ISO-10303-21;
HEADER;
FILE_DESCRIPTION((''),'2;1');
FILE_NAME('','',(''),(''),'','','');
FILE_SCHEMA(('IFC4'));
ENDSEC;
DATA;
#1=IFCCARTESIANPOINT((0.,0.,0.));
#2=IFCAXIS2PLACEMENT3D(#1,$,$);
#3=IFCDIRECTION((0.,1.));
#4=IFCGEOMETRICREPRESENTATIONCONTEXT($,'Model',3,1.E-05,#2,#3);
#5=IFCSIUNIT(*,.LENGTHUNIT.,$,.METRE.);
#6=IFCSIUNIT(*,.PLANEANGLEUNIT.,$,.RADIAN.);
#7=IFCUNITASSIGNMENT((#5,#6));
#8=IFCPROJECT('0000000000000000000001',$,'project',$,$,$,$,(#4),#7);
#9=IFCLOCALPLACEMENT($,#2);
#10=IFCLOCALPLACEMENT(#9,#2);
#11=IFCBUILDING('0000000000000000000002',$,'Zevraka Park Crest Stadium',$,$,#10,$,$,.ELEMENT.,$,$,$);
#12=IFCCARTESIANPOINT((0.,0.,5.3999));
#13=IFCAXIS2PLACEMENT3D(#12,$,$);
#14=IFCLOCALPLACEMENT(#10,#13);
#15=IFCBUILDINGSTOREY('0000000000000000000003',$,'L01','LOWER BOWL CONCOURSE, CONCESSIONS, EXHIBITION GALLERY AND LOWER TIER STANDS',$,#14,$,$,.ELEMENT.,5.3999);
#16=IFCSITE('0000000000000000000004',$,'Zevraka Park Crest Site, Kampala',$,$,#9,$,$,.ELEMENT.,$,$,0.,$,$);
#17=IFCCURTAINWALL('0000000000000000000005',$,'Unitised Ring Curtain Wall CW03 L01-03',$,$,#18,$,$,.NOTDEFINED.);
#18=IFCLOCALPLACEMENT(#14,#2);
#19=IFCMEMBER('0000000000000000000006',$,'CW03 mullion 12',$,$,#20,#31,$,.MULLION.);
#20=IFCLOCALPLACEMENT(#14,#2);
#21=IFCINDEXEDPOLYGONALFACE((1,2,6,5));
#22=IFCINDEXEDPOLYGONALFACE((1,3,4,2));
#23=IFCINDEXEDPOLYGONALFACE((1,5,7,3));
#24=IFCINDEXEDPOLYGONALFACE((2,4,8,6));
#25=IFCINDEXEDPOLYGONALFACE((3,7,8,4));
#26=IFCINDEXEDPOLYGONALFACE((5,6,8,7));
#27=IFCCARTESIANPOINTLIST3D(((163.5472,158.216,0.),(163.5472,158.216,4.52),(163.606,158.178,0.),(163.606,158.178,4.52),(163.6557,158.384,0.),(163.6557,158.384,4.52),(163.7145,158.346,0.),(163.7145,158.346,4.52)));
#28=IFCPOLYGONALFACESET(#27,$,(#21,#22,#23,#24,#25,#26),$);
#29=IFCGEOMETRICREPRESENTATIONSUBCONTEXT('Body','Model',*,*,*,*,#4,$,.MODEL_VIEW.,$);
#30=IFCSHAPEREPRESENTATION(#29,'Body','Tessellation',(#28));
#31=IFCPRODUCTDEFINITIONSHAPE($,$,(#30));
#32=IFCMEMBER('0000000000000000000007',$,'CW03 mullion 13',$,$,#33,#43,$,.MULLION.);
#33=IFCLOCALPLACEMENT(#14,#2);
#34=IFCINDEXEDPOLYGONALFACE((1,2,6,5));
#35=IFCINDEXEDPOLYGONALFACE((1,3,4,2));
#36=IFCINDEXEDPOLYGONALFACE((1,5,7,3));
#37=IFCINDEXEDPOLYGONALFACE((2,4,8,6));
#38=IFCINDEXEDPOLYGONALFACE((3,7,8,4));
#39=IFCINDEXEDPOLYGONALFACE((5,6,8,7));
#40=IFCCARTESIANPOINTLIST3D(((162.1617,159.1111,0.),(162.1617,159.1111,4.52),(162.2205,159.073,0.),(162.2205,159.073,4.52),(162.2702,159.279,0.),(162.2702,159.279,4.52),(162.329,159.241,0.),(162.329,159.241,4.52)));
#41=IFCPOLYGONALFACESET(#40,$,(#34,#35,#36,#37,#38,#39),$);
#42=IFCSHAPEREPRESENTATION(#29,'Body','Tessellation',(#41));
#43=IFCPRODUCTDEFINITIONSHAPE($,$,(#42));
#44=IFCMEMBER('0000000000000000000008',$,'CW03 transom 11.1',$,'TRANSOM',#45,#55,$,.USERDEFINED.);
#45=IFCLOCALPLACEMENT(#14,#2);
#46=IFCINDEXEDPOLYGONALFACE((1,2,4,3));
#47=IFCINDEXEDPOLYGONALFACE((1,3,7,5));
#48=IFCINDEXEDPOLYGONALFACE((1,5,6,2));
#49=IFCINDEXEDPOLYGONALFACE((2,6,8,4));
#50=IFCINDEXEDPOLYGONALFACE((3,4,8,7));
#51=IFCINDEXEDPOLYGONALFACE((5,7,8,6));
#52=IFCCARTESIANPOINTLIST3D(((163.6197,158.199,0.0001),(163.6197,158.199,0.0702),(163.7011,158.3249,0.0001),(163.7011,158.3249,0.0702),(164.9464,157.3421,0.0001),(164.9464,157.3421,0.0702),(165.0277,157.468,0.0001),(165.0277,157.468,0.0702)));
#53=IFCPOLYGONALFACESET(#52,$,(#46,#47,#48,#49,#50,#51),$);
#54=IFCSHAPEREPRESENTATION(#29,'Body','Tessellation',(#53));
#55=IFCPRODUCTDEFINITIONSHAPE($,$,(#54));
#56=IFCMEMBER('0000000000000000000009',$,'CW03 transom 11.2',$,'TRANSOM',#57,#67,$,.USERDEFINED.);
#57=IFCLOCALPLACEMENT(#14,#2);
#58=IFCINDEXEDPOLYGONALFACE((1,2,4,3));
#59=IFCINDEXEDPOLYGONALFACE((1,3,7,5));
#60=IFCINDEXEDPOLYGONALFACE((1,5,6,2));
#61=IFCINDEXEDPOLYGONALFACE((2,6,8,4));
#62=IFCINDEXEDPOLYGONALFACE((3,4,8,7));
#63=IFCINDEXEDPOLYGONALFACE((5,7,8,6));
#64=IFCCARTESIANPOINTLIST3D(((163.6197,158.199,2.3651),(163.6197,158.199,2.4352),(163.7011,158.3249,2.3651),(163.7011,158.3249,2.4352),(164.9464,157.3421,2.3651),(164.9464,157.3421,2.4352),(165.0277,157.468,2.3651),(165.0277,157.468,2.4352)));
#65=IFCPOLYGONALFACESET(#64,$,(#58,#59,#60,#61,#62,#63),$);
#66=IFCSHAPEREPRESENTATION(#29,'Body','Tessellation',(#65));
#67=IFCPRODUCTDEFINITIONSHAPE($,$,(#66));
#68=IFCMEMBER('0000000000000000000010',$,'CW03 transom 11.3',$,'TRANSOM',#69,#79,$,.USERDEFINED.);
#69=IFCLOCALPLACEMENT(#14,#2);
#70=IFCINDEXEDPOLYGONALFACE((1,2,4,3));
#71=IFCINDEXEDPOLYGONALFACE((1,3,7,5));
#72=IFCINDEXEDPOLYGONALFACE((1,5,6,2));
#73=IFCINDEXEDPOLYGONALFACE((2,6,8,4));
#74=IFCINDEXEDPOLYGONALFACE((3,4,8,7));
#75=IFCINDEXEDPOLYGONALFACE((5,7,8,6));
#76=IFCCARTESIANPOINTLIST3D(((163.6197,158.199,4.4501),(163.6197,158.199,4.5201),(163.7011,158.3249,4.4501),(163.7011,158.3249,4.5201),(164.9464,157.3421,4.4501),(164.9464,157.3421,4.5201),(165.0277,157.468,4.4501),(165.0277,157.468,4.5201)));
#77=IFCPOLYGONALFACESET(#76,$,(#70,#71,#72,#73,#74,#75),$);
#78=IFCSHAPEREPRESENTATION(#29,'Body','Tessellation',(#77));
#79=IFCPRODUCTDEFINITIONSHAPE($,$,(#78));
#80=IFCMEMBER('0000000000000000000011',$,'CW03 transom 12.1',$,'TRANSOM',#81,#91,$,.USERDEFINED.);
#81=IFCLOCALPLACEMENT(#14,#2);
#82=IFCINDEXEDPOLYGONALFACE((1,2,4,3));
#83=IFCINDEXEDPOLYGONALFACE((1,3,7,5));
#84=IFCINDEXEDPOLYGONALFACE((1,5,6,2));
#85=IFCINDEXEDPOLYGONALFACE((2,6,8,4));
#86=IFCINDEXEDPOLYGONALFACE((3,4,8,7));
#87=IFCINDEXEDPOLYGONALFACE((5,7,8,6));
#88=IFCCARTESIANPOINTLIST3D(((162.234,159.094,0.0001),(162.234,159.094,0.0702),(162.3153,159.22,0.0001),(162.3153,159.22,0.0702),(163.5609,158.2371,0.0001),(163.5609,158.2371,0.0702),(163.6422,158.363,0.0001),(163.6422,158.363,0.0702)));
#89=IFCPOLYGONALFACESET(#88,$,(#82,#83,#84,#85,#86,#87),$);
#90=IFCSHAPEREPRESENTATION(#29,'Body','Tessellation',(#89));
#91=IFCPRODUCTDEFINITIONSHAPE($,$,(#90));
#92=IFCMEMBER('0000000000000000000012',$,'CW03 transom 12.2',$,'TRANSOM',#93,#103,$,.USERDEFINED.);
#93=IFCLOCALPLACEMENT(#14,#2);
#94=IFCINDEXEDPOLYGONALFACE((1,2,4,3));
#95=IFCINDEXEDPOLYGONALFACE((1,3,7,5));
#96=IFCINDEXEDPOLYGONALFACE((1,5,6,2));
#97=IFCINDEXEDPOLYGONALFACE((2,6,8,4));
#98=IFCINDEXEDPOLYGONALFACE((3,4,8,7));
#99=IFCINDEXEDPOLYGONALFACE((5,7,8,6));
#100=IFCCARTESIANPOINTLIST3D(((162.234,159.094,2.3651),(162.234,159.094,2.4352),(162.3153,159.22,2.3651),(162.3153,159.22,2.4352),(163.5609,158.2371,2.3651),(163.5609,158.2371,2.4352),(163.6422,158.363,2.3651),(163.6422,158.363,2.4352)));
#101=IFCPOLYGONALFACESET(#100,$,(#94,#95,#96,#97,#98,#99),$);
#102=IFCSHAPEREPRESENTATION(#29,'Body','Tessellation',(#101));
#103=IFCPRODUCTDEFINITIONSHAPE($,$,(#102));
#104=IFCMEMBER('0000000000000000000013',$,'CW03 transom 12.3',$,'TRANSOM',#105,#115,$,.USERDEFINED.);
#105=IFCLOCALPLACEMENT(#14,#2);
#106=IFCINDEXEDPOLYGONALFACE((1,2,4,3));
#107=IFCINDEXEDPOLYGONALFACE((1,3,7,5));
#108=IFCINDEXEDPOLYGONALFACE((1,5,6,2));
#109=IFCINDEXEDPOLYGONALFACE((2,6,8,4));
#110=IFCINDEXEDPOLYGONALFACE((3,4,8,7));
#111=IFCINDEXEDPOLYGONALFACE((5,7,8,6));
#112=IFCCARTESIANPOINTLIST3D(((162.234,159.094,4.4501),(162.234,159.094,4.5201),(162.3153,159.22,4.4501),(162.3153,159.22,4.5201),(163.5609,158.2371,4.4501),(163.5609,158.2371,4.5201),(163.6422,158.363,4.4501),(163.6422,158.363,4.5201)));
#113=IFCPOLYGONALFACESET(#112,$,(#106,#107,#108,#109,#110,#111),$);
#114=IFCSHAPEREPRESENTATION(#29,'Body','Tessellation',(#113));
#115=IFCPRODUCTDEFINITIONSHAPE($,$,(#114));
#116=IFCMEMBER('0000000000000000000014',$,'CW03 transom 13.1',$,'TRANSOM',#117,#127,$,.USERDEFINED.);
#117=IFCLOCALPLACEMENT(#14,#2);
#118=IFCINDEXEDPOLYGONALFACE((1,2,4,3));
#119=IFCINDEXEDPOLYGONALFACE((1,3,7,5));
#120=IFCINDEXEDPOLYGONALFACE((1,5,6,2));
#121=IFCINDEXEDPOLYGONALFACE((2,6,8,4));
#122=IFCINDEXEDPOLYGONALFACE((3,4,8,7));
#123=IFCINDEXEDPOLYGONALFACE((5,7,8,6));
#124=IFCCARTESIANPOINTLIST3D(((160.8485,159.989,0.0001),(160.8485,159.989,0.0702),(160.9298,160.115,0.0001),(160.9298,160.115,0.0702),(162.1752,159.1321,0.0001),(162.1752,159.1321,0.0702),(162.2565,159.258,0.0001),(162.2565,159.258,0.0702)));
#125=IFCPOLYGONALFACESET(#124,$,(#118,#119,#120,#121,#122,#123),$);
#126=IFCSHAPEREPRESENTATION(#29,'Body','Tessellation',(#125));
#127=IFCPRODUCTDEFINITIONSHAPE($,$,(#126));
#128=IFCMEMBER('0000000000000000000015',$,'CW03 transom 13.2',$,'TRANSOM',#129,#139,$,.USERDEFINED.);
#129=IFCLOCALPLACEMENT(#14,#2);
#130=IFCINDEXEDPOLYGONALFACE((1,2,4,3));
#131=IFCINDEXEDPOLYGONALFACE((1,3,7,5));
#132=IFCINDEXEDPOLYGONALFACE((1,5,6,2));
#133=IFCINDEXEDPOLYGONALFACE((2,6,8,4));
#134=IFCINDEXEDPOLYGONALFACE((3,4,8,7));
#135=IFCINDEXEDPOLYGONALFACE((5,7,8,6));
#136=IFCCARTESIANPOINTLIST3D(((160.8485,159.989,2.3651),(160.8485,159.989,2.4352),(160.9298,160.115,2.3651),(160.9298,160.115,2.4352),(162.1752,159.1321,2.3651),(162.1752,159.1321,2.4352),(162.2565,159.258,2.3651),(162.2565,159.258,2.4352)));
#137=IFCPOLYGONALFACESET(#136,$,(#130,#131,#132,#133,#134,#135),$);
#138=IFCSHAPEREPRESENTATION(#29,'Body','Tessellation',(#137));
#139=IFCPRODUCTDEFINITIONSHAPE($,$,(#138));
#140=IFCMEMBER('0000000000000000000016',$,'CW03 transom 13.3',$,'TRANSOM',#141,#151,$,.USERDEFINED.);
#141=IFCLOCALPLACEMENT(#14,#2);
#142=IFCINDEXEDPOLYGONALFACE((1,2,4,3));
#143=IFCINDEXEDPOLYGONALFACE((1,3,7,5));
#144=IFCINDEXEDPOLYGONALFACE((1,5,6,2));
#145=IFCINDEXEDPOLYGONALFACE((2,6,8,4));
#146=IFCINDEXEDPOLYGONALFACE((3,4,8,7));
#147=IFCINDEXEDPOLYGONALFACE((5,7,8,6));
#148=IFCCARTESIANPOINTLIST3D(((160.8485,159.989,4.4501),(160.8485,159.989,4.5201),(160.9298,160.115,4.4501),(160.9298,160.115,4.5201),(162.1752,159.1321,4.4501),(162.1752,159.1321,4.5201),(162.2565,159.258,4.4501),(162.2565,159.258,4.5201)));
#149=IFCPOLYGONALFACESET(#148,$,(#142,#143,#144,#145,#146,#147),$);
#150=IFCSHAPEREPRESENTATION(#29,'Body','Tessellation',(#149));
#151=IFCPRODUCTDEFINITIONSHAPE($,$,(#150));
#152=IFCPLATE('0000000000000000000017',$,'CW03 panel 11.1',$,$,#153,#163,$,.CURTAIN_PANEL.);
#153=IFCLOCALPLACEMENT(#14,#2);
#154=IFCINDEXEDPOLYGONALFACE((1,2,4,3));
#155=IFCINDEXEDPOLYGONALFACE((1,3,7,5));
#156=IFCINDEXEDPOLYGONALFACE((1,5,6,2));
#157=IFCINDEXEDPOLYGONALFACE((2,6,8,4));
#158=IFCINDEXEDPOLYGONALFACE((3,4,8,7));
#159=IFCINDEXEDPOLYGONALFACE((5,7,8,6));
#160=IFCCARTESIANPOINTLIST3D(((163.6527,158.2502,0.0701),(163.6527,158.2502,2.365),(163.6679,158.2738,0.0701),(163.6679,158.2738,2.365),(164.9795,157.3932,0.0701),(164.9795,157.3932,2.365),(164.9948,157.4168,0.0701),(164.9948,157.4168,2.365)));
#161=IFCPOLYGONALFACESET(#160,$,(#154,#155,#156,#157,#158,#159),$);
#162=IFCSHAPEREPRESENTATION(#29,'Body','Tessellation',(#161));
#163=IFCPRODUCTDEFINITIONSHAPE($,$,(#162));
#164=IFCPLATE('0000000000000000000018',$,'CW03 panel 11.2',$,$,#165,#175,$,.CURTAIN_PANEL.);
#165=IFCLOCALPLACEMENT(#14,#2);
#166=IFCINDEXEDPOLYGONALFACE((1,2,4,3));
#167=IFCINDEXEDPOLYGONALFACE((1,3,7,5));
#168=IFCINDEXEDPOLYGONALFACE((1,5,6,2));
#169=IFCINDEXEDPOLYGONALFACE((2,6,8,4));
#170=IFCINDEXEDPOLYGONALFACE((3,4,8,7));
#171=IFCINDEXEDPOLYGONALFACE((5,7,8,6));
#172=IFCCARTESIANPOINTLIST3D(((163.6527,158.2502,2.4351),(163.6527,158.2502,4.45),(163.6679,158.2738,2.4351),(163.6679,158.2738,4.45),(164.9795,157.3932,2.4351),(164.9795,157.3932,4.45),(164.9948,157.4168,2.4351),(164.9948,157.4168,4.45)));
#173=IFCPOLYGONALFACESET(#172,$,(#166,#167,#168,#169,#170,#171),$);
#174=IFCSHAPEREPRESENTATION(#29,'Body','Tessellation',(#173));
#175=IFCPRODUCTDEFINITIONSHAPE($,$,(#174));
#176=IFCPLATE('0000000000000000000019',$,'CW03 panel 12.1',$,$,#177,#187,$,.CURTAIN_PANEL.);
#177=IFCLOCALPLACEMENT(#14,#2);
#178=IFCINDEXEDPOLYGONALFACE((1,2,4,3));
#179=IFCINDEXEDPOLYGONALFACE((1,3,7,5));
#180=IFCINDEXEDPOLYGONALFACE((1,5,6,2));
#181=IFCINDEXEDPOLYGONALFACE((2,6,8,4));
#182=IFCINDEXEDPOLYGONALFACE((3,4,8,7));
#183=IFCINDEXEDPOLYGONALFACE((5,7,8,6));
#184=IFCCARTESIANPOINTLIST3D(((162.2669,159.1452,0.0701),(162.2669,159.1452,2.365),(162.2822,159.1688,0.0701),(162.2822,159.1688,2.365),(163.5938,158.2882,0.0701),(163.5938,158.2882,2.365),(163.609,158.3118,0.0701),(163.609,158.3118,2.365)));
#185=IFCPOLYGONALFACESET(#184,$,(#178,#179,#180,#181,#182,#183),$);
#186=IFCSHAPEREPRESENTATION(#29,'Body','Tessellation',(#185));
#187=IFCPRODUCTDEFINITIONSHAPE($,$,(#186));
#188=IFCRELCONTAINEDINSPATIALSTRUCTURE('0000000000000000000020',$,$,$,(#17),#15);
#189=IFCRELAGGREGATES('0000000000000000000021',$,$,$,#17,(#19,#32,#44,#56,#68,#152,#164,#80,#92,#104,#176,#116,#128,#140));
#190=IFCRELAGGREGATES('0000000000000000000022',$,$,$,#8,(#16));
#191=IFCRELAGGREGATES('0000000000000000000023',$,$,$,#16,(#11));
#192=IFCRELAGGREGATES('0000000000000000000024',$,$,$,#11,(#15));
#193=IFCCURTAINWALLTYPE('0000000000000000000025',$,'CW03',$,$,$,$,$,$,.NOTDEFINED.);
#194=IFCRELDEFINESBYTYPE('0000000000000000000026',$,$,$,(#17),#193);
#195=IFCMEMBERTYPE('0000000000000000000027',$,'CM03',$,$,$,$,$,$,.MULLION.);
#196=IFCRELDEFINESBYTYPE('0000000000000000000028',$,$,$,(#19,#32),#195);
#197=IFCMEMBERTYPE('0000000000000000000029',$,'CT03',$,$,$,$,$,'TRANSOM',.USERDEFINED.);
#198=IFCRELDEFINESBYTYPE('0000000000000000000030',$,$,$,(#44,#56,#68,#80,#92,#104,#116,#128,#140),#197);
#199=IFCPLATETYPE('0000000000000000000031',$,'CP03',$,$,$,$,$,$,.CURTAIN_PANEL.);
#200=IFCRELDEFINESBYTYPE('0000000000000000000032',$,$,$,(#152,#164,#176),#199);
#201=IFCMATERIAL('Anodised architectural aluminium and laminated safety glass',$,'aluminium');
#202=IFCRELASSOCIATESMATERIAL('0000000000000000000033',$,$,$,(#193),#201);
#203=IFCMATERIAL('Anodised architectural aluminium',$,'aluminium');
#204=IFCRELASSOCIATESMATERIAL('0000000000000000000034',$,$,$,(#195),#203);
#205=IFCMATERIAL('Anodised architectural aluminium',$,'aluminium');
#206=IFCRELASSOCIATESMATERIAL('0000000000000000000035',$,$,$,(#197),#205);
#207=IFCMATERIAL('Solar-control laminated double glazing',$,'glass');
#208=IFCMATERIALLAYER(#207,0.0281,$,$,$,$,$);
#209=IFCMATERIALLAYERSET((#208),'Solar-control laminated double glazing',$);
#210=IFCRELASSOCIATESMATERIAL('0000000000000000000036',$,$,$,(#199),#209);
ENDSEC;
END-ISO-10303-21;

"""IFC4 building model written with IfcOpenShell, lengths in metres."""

from ifc_helpers import new_model, si_unit, direction, frame, origin, origin_2d, place, context, subcontext, project, spatial, rectangle, extrude, material, layer, layer_set, material_profile, profile_set, type_object, element, aggregate, save


model = new_model("IFC4")

# Units and contexts
model_context = context("Model", 3, precision=1e-05, world=origin(), true_north=direction((0.0, 1.0)))
body_context = subcontext(model_context, "Body", "Model", "MODEL_VIEW")
ifc_project = project(units=[si_unit("LENGTHUNIT", "METRE"), si_unit("PLANEANGLEUNIT", "RADIAN")], contexts=[model_context])

# Site, building, storey
site_placement = place(None, origin())
site = spatial("IfcSite", under=ifc_project, at=site_placement, Name="Zevraka Park Crest Site, Kampala", CompositionType="ELEMENT", RefElevation=0.0)
building_placement = place(site_placement, origin())
building = spatial("IfcBuilding", under=site, at=building_placement, Name="Zevraka Park Crest Stadium", CompositionType="ELEMENT")
storey_placement = place(building_placement, frame((0.0, 0.0, 5.3999)))
storey = spatial("IfcBuildingStorey", under=building, at=storey_placement, Name="L01", Description="LOWER BOWL CONCOURSE, CONCESSIONS, EXHIBITION GALLERY AND LOWER TIER STANDS", CompositionType="ELEMENT", Elevation=5.3999)

# Curtain wall, members, plates
ifc_material_1 = material(Name="Anodised architectural aluminium and laminated safety glass", Category="aluminium")
curtain_wall_type = type_object("IfcCurtainWallType", Name="CW03", PredefinedType="NOTDEFINED", material=ifc_material_1)
curtain_wall_placement = place(storey_placement, origin())
curtain_wall = element("IfcCurtainWall", 1, at=curtain_wall_placement, inside=storey, type_object=curtain_wall_type, Name="Unitised Ring Curtain Wall CW03 L01-03", PredefinedType="NOTDEFINED")
ifc_material_2 = material(Name="Anodised architectural aluminium", Category="aluminium")
ifc_material_profile_1 = material_profile(ifc_material_2, rectangle(XDim=0.2, YDim=0.0701, at=origin_2d()), Name="ALU MULLION 200x70")
ifc_profile_set_1 = profile_set([ifc_material_profile_1], Name="Anodised architectural aluminium")
member_type_1 = type_object("IfcMemberType", Name="CM03", PredefinedType="MULLION", material=ifc_profile_set_1)
member_1_placement = place(storey_placement, frame((163.6309, 158.281, 0.0), z_axis=(0.0, 0.0, 1.0), x_axis=(-0.542571, -0.84001, 0.0)))
member_1 = element("IfcMember", 2, at=member_1_placement, type_object=member_type_1, Name="CW03 mullion 12", PredefinedType="MULLION", context=body_context, shape_type="SweptSolid", body=[
    extrude(rectangle(XDim=0.2, YDim=0.0701, at=origin_2d()), origin(), (0.0, 0.0, 1.0), 4.52),
])
member_2_placement = place(storey_placement, frame((162.2454, 159.176, 0.0), z_axis=(0.0, 0.0, 1.0), x_axis=(-0.542571, -0.84001, 0.0)))
member_2 = element("IfcMember", 3, at=member_2_placement, type_object=member_type_1, Name="CW03 mullion 13", PredefinedType="MULLION", context=body_context, shape_type="SweptSolid", body=[
    extrude(rectangle(XDim=0.2, YDim=0.0701, at=origin_2d()), origin(), (0.0, 0.0, 1.0), 4.52),
])
ifc_material_3 = material(Name="Anodised architectural aluminium", Category="aluminium")
ifc_material_profile_2 = material_profile(ifc_material_3, rectangle(XDim=0.1499, YDim=0.0701, at=origin_2d()), Name="ALU TRANSOM 150x70")
ifc_profile_set_2 = profile_set([ifc_material_profile_2], Name="Anodised architectural aluminium")
member_type_2 = type_object("IfcMemberType", Name="CT03", ElementType="TRANSOM", PredefinedType="USERDEFINED", material=ifc_profile_set_2)
member_3_placement = place(storey_placement, frame((164.9871, 157.405, 0.0352), z_axis=(-0.840001, 0.542585, 0.0), x_axis=(-0.542585, -0.840001, 0.0)))
member_3 = element("IfcMember", 4, at=member_3_placement, type_object=member_type_2, Name="CW03 transom 11.1", ObjectType="TRANSOM", PredefinedType="USERDEFINED", context=body_context, shape_type="SweptSolid", body=[
    extrude(rectangle(XDim=0.1499, YDim=0.0701, at=origin_2d()), origin(), (0.0, 0.0, 1.0), 1.5793),
])
member_4_placement = place(storey_placement, frame((164.9871, 157.405, 2.4001), z_axis=(-0.840001, 0.542585, 0.0), x_axis=(-0.542585, -0.840001, 0.0)))
member_4 = element("IfcMember", 5, at=member_4_placement, type_object=member_type_2, Name="CW03 transom 11.2", ObjectType="TRANSOM", PredefinedType="USERDEFINED", context=body_context, shape_type="SweptSolid", body=[
    extrude(rectangle(XDim=0.1499, YDim=0.0701, at=origin_2d()), origin(), (0.0, 0.0, 1.0), 1.5793),
])
member_5_placement = place(storey_placement, frame((164.9871, 157.405, 4.4851), z_axis=(-0.840001, 0.542585, 0.0), x_axis=(-0.542585, -0.840001, 0.0)))
member_5 = element("IfcMember", 6, at=member_5_placement, type_object=member_type_2, Name="CW03 transom 11.3", ObjectType="TRANSOM", PredefinedType="USERDEFINED", context=body_context, shape_type="SweptSolid", body=[
    extrude(rectangle(XDim=0.1499, YDim=0.0701, at=origin_2d()), origin(), (0.0, 0.0, 1.0), 1.5793),
])
member_6_placement = place(storey_placement, frame((163.6016, 158.3, 0.0352), z_axis=(-0.840047, 0.542514, 0.0), x_axis=(-0.542514, -0.840047, 0.0)))
member_6 = element("IfcMember", 7, at=member_6_placement, type_object=member_type_2, Name="CW03 transom 12.1", ObjectType="TRANSOM", PredefinedType="USERDEFINED", context=body_context, shape_type="SweptSolid", body=[
    extrude(rectangle(XDim=0.1499, YDim=0.0701, at=origin_2d()), origin(), (0.0, 0.0, 1.0), 1.5796),
])
member_7_placement = place(storey_placement, frame((163.6016, 158.3, 2.4001), z_axis=(-0.840047, 0.542514, 0.0), x_axis=(-0.542514, -0.840047, 0.0)))
member_7 = element("IfcMember", 8, at=member_7_placement, type_object=member_type_2, Name="CW03 transom 12.2", ObjectType="TRANSOM", PredefinedType="USERDEFINED", context=body_context, shape_type="SweptSolid", body=[
    extrude(rectangle(XDim=0.1499, YDim=0.0701, at=origin_2d()), origin(), (0.0, 0.0, 1.0), 1.5796),
])
member_8_placement = place(storey_placement, frame((163.6016, 158.3, 4.4851), z_axis=(-0.840047, 0.542514, 0.0), x_axis=(-0.542514, -0.840047, 0.0)))
member_8 = element("IfcMember", 9, at=member_8_placement, type_object=member_type_2, Name="CW03 transom 12.3", ObjectType="TRANSOM", PredefinedType="USERDEFINED", context=body_context, shape_type="SweptSolid", body=[
    extrude(rectangle(XDim=0.1499, YDim=0.0701, at=origin_2d()), origin(), (0.0, 0.0, 1.0), 1.5796),
])
member_9_placement = place(storey_placement, frame((162.2158, 159.1951, 0.0352), z_axis=(-0.840001, 0.542585, 0.0), x_axis=(-0.542585, -0.840001, 0.0)))
member_9 = element("IfcMember", 10, at=member_9_placement, type_object=member_type_2, Name="CW03 transom 13.1", ObjectType="TRANSOM", PredefinedType="USERDEFINED", context=body_context, shape_type="SweptSolid", body=[
    extrude(rectangle(XDim=0.1499, YDim=0.0701, at=origin_2d()), origin(), (0.0, 0.0, 1.0), 1.5793),
])
member_10_placement = place(storey_placement, frame((162.2158, 159.1951, 2.4001), z_axis=(-0.840001, 0.542585, 0.0), x_axis=(-0.542585, -0.840001, 0.0)))
member_10 = element("IfcMember", 11, at=member_10_placement, type_object=member_type_2, Name="CW03 transom 13.2", ObjectType="TRANSOM", PredefinedType="USERDEFINED", context=body_context, shape_type="SweptSolid", body=[
    extrude(rectangle(XDim=0.1499, YDim=0.0701, at=origin_2d()), origin(), (0.0, 0.0, 1.0), 1.5793),
])
member_11_placement = place(storey_placement, frame((162.2158, 159.1951, 4.4851), z_axis=(-0.840001, 0.542585, 0.0), x_axis=(-0.542585, -0.840001, 0.0)))
member_11 = element("IfcMember", 12, at=member_11_placement, type_object=member_type_2, Name="CW03 transom 13.3", ObjectType="TRANSOM", PredefinedType="USERDEFINED", context=body_context, shape_type="SweptSolid", body=[
    extrude(rectangle(XDim=0.1499, YDim=0.0701, at=origin_2d()), origin(), (0.0, 0.0, 1.0), 1.5793),
])
ifc_material_4 = material(Name="Solar-control laminated double glazing", Category="glass")
ifc_layer_1 = layer(ifc_material_4, 0.0281)
ifc_layer_set_1 = layer_set([ifc_layer_1], Name="Solar-control laminated double glazing")
plate_type = type_object("IfcPlateType", Name="CP03", PredefinedType="CURTAIN_PANEL", material=ifc_layer_set_1)
plate_1_placement = place(storey_placement, frame((164.3237, 157.8335, 0.0701), z_axis=(0.0, 0.0, 1.0), x_axis=(-0.84001, 0.542571, 0.0)))
plate_1 = element("IfcPlate", 13, at=plate_1_placement, type_object=plate_type, Name="CW03 panel 11.1", PredefinedType="CURTAIN_PANEL", context=body_context, shape_type="SweptSolid", body=[
    extrude(rectangle(XDim=1.5796, YDim=0.0281, at=origin_2d()), origin(), (0.0, 0.0, 1.0), 2.2949),
])
plate_2_placement = place(storey_placement, frame((164.3237, 157.8335, 2.4351), z_axis=(0.0, 0.0, 1.0), x_axis=(-0.84001, 0.542571, 0.0)))
plate_2 = element("IfcPlate", 14, at=plate_2_placement, type_object=plate_type, Name="CW03 panel 11.2", PredefinedType="CURTAIN_PANEL", context=body_context, shape_type="SweptSolid", body=[
    extrude(rectangle(XDim=1.5796, YDim=0.0281, at=origin_2d()), origin(), (0.0, 0.0, 1.0), 2.0149),
])
plate_3_placement = place(storey_placement, frame((162.938, 158.7285, 0.0701), z_axis=(0.0, 0.0, 1.0), x_axis=(-0.84001, 0.542571, 0.0)))
plate_3 = element("IfcPlate", 15, at=plate_3_placement, type_object=plate_type, Name="CW03 panel 12.1", PredefinedType="CURTAIN_PANEL", context=body_context, shape_type="SweptSolid", body=[
    extrude(rectangle(XDim=1.5796, YDim=0.0281, at=origin_2d()), origin(), (0.0, 0.0, 1.0), 2.2949),
])
aggregate(curtain_wall, [member_1, member_2, member_3, member_4, member_5, plate_1, plate_2, member_6, member_7, member_8, plate_3, member_9, member_10, member_11])

save(model, "model.ifc")
